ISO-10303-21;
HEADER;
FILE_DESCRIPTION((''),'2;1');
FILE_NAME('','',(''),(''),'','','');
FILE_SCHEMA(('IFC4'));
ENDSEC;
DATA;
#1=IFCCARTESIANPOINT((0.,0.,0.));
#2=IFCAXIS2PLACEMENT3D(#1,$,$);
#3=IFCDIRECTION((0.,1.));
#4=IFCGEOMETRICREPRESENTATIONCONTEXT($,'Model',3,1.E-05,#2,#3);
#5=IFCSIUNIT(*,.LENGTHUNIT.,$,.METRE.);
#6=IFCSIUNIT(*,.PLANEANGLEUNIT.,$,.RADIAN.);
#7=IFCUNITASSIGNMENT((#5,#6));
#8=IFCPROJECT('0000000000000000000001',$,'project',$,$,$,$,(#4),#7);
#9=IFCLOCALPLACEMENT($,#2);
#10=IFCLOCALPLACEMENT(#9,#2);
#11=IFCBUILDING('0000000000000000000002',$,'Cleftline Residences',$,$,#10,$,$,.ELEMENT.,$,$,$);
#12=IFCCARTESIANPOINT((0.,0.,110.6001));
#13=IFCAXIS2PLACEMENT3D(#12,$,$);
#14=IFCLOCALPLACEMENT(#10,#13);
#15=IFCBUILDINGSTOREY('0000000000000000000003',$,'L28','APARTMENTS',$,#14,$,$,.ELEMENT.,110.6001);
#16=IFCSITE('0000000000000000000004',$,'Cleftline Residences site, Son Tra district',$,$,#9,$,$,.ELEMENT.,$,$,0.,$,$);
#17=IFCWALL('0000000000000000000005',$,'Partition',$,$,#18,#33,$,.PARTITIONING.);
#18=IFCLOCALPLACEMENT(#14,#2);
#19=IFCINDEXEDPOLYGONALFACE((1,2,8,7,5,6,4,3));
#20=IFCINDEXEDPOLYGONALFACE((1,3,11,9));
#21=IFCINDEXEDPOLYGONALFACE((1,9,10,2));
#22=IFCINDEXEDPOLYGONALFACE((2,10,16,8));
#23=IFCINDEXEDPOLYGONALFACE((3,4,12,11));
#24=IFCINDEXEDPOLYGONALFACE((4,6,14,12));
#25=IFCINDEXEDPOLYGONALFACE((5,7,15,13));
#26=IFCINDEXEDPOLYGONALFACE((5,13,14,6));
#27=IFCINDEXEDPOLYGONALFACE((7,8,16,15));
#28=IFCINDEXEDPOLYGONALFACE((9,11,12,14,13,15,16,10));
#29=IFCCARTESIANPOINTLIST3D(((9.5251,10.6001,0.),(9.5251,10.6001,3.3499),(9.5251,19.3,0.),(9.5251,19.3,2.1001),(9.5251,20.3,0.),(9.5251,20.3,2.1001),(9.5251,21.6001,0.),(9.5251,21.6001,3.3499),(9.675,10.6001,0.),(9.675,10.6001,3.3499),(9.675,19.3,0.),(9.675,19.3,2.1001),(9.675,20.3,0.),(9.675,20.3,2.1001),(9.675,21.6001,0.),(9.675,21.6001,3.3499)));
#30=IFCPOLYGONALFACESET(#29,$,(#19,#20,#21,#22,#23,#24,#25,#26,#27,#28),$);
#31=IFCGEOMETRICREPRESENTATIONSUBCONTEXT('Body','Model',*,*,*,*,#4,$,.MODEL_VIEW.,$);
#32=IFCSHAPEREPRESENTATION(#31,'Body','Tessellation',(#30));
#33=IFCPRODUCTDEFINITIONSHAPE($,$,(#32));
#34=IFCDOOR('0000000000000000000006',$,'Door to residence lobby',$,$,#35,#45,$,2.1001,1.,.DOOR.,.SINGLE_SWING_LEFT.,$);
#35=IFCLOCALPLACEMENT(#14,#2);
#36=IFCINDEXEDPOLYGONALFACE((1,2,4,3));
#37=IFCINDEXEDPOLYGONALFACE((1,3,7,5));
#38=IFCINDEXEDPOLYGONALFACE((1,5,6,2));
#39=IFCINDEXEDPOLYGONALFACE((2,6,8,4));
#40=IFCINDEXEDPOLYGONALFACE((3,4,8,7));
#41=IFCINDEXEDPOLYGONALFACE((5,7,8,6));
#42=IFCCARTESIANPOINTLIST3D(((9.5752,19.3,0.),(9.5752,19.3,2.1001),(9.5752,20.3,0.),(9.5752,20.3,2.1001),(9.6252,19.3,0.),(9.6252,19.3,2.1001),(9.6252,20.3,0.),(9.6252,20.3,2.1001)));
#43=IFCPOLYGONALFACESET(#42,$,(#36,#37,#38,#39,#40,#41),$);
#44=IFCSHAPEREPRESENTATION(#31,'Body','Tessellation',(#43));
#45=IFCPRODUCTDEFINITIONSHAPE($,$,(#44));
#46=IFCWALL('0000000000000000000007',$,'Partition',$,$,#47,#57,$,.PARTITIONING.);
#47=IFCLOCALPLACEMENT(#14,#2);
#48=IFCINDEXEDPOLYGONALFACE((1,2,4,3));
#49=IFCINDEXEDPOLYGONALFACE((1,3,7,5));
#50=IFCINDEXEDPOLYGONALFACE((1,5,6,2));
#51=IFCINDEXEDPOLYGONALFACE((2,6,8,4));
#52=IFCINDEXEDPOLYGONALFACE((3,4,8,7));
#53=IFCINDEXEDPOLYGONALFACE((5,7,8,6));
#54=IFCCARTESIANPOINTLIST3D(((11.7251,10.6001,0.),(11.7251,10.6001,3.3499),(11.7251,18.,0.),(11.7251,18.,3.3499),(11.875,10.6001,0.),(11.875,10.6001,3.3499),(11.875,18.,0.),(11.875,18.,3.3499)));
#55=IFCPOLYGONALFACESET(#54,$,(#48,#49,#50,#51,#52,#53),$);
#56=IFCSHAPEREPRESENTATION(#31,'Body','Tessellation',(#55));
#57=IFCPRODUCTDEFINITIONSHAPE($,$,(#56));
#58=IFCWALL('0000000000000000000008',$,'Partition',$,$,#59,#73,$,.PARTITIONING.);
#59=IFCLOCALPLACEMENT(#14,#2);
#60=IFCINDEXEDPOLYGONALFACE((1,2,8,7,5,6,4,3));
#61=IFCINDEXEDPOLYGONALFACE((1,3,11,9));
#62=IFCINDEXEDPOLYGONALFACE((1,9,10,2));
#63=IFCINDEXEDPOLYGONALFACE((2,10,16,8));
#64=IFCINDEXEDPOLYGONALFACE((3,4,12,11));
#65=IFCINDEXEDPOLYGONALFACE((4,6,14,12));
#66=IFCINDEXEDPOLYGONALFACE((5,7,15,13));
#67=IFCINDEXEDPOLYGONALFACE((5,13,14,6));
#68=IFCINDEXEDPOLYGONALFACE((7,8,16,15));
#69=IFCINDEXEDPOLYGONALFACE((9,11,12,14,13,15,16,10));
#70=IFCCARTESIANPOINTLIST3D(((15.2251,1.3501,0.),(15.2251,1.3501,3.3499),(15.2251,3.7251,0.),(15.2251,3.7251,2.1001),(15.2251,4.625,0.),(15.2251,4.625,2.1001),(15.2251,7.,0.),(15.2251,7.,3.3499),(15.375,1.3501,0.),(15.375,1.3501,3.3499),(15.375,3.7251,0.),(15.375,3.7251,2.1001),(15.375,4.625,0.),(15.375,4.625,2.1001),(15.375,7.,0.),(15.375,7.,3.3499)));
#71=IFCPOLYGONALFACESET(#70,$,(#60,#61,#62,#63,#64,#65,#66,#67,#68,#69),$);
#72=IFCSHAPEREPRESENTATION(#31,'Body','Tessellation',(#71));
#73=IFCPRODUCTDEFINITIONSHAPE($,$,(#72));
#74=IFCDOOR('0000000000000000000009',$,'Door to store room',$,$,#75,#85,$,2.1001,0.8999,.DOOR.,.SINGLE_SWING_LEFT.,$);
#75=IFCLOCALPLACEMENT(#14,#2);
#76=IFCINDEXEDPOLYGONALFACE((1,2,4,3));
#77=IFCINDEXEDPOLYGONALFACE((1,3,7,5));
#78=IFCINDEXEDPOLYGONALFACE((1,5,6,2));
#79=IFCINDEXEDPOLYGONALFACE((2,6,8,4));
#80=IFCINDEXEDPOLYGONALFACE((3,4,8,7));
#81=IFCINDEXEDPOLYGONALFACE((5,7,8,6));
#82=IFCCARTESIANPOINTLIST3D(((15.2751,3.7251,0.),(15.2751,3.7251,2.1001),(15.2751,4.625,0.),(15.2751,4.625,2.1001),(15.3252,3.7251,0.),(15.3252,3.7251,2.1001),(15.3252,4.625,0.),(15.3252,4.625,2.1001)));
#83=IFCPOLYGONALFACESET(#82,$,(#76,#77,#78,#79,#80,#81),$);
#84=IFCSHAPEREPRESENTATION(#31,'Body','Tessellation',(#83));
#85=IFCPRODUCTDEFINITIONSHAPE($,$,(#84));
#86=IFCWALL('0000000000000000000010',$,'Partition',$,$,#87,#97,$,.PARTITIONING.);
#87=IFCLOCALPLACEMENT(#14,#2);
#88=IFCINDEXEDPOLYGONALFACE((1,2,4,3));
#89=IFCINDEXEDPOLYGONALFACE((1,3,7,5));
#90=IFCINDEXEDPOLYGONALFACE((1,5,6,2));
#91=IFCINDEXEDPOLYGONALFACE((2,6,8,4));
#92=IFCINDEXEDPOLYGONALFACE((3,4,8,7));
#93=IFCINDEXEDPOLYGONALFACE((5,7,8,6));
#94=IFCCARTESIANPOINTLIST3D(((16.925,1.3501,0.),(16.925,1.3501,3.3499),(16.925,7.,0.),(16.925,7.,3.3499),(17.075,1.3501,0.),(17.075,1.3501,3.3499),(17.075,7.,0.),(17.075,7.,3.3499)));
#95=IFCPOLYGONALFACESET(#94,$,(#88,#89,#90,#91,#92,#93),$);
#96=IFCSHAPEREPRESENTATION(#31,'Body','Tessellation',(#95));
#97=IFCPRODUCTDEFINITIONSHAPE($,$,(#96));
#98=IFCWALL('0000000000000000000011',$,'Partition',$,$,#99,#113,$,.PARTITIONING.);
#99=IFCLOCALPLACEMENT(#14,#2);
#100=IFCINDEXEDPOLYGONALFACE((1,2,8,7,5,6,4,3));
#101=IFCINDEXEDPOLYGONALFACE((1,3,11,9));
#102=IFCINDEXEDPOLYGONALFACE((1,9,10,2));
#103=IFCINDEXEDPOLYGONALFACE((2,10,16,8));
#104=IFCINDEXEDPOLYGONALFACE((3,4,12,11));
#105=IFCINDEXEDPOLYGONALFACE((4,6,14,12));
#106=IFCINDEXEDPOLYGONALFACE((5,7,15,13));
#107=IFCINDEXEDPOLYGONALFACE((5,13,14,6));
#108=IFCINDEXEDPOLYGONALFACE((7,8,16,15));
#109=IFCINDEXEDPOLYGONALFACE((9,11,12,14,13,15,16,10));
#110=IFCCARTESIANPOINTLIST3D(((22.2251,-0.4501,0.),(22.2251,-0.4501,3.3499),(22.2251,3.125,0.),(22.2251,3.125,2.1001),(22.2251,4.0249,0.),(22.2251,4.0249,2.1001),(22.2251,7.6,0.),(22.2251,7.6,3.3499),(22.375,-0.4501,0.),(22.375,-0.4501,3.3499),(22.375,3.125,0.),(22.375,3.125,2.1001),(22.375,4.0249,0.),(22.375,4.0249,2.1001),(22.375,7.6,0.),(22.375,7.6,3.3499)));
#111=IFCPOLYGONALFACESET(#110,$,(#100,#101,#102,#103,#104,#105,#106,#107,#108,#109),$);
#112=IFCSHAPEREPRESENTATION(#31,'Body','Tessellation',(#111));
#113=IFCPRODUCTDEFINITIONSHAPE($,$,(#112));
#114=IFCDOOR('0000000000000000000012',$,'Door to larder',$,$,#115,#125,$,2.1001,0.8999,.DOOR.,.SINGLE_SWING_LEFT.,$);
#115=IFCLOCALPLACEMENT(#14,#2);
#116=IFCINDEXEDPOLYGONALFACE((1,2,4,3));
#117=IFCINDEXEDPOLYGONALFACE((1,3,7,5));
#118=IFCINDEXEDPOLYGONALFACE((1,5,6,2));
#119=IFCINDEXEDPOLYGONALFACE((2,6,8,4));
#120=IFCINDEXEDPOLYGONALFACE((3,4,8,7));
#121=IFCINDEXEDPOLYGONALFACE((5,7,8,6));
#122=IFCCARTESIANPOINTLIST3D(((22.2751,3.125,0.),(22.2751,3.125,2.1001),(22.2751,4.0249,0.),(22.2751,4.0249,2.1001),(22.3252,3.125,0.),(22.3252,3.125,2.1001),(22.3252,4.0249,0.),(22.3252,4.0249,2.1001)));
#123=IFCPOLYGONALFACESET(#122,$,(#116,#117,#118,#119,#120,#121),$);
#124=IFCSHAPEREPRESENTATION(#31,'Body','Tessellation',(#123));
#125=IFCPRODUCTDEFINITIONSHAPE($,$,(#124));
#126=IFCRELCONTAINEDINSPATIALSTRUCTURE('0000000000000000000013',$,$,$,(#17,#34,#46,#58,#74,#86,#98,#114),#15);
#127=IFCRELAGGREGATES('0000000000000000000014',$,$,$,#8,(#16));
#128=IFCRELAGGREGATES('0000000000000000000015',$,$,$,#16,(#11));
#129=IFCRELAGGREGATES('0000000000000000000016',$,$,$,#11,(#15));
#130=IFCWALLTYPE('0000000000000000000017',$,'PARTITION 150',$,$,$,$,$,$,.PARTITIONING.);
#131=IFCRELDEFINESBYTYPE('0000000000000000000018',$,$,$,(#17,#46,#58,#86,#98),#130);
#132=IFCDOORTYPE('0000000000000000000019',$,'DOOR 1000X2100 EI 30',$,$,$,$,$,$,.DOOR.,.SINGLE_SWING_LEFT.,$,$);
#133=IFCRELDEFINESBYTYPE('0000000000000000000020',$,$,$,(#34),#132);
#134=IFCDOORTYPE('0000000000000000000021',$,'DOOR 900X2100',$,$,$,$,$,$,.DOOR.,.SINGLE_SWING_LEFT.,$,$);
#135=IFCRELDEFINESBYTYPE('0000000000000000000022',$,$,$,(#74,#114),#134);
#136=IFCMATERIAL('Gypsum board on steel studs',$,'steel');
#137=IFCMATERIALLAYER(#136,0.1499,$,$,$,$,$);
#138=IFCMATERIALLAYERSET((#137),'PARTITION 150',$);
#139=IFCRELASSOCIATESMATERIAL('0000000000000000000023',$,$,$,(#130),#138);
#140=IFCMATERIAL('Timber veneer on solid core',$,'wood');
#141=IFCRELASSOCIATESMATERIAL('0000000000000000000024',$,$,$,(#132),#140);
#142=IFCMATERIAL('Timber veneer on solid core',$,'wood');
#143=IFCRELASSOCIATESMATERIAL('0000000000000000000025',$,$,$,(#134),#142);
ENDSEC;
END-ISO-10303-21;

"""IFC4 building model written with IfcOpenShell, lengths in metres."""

from ifc_helpers import new_model, si_unit, direction, frame, frame_2d, origin, place, context, subcontext, project, spatial, rectangle, extrude, material, layer, layer_set, type_object, element, fill, save


model = new_model("IFC4")

# Units and contexts
model_context = context("Model", 3, precision=1e-05, world=origin(), true_north=direction((0.0, 1.0)))
body_context = subcontext(model_context, "Body", "Model", "MODEL_VIEW")
ifc_project = project(units=[si_unit("LENGTHUNIT", "METRE"), si_unit("PLANEANGLEUNIT", "RADIAN")], contexts=[model_context])

# Site, building, storey
site_placement = place(None, origin())
site = spatial("IfcSite", under=ifc_project, at=site_placement, Name="Cleftline Residences site, Son Tra district", CompositionType="ELEMENT", RefElevation=0.0)
building_placement = place(site_placement, origin())
building = spatial("IfcBuilding", under=site, at=building_placement, Name="Cleftline Residences", CompositionType="ELEMENT")
storey_placement = place(building_placement, frame((0.0, 0.0, 110.6001)))
storey = spatial("IfcBuildingStorey", under=building, at=storey_placement, Name="L28", Description="APARTMENTS", CompositionType="ELEMENT", Elevation=110.6001)

# Wall, opening, door
ifc_material_1 = material(Name="Gypsum board on steel studs", Category="steel")
ifc_layer_1 = layer(ifc_material_1, 0.1499)
ifc_layer_set_1 = layer_set([ifc_layer_1], Name="PARTITION 150")
wall_type = type_object("IfcWallType", Name="PARTITION 150", PredefinedType="PARTITIONING", material=ifc_layer_set_1)
wall_1_placement = place(storey_placement, frame((9.6001, 10.6001, 0.0), z_axis=(0.0, 0.0, 1.0), x_axis=(0.0, 1.0, 0.0)))
wall_1 = element("IfcWall", 1, at=wall_1_placement, inside=storey, type_object=wall_type, Name="Partition", PredefinedType="PARTITIONING", context=body_context, shape_type="SweptSolid", body=[
    extrude(rectangle(XDim=11.0, YDim=0.1499, at=frame_2d((5.5, 0.0))), origin(), (0.0, 0.0, 1.0), 3.3499),
])
opening_1_placement = place(wall_1_placement, frame((8.7, 0.0, 0.0)))
opening_1 = element("IfcOpeningElement", 2, at=opening_1_placement, cuts=wall_1, PredefinedType="OPENING", context=body_context, shape_type="SweptSolid", body=[
    extrude(rectangle(XDim=1.0, YDim=2.1001, at=frame_2d((0.5, 1.05))), frame((0.0, 0.085, 0.0), z_axis=(0.0, -1.0, 0.0), x_axis=(1.0, 0.0, 0.0)), (0.0, 0.0, 1.0), 0.1699),
])
ifc_material_2 = material(Name="Timber veneer on solid core", Category="wood")
door_type_1 = type_object("IfcDoorType", Name="DOOR 1000X2100 EI 30", OperationType="SINGLE_SWING_LEFT", PredefinedType="DOOR", material=ifc_material_2)
door_1_placement = place(opening_1_placement, origin())
door_1 = element("IfcDoor", 3, at=door_1_placement, inside=storey, type_object=door_type_1, Name="Door to residence lobby", OperationType="SINGLE_SWING_LEFT", OverallHeight=2.1001, OverallWidth=1.0, PredefinedType="DOOR", context=body_context, shape_type="SweptSolid", body=[
    extrude(rectangle(XDim=1.0, YDim=2.1001, at=frame_2d((0.5, 1.05))), frame((0.0, 0.0249, 0.0), z_axis=(0.0, -1.0, 0.0), x_axis=(1.0, 0.0, 0.0)), (0.0, 0.0, 1.0), 0.05),
])
fill(opening_1, door_1)

# Wall
wall_2_placement = place(storey_placement, frame((11.8, 10.6001, 0.0), z_axis=(0.0, 0.0, 1.0), x_axis=(0.0, 1.0, 0.0)))
element("IfcWall", 4, at=wall_2_placement, inside=storey, type_object=wall_type, Name="Partition", PredefinedType="PARTITIONING", context=body_context, shape_type="SweptSolid", body=[
    extrude(rectangle(XDim=7.3999, YDim=0.1499, at=frame_2d((3.7, 0.0))), origin(), (0.0, 0.0, 1.0), 3.3499),
])

# Wall, opening, door
wall_3_placement = place(storey_placement, frame((15.3, 1.3501, 0.0), z_axis=(0.0, 0.0, 1.0), x_axis=(0.0, 1.0, 0.0)))
wall_3 = element("IfcWall", 5, at=wall_3_placement, inside=storey, type_object=wall_type, Name="Partition", PredefinedType="PARTITIONING", context=body_context, shape_type="SweptSolid", body=[
    extrude(rectangle(XDim=5.6499, YDim=0.1499, at=frame_2d((2.825, 0.0))), origin(), (0.0, 0.0, 1.0), 3.3499),
])
opening_2_placement = place(wall_3_placement, frame((2.375, 0.0, 0.0)))
opening_2 = element("IfcOpeningElement", 6, at=opening_2_placement, cuts=wall_3, PredefinedType="OPENING", context=body_context, shape_type="SweptSolid", body=[
    extrude(rectangle(XDim=0.8999, YDim=2.1001, at=frame_2d((0.45, 1.05))), frame((0.0, 0.085, 0.0), z_axis=(0.0, -1.0, 0.0), x_axis=(1.0, 0.0, 0.0)), (0.0, 0.0, 1.0), 0.1699),
])
ifc_material_3 = material(Name="Timber veneer on solid core", Category="wood")
door_type_2 = type_object("IfcDoorType", Name="DOOR 900X2100", OperationType="SINGLE_SWING_LEFT", PredefinedType="DOOR", material=ifc_material_3)
door_2_placement = place(opening_2_placement, origin())
door_2 = element("IfcDoor", 7, at=door_2_placement, inside=storey, type_object=door_type_2, Name="Door to store room", OperationType="SINGLE_SWING_LEFT", OverallHeight=2.1001, OverallWidth=0.8999, PredefinedType="DOOR", context=body_context, shape_type="SweptSolid", body=[
    extrude(rectangle(XDim=0.8999, YDim=2.1001, at=frame_2d((0.45, 1.05))), frame((0.0, 0.0249, 0.0), z_axis=(0.0, -1.0, 0.0), x_axis=(1.0, 0.0, 0.0)), (0.0, 0.0, 1.0), 0.05),
])
fill(opening_2, door_2)

# Wall
wall_4_placement = place(storey_placement, frame((17.0, 1.3501, 0.0), z_axis=(0.0, 0.0, 1.0), x_axis=(0.0, 1.0, 0.0)))
element("IfcWall", 8, at=wall_4_placement, inside=storey, type_object=wall_type, Name="Partition", PredefinedType="PARTITIONING", context=body_context, shape_type="SweptSolid", body=[
    extrude(rectangle(XDim=5.6499, YDim=0.1499, at=frame_2d((2.825, 0.0))), origin(), (0.0, 0.0, 1.0), 3.3499),
])

# Wall, opening, door
wall_5_placement = place(storey_placement, frame((22.3, -0.45, 0.0), z_axis=(0.0, 0.0, 1.0), x_axis=(0.0, 1.0, 0.0)))
wall_5 = element("IfcWall", 9, at=wall_5_placement, inside=storey, type_object=wall_type, Name="Partition", PredefinedType="PARTITIONING", context=body_context, shape_type="SweptSolid", body=[
    extrude(rectangle(XDim=8.05, YDim=0.1499, at=frame_2d((4.0249, 0.0))), origin(), (0.0, 0.0, 1.0), 3.3499),
])
opening_3_placement = place(wall_5_placement, frame((3.575, 0.0, 0.0)))
opening_3 = element("IfcOpeningElement", 10, at=opening_3_placement, cuts=wall_5, PredefinedType="OPENING", context=body_context, shape_type="SweptSolid", body=[
    extrude(rectangle(XDim=0.8999, YDim=2.1001, at=frame_2d((0.45, 1.05))), frame((0.0, 0.085, 0.0), z_axis=(0.0, -1.0, 0.0), x_axis=(1.0, 0.0, 0.0)), (0.0, 0.0, 1.0), 0.1699),
])
door_3_placement = place(opening_3_placement, origin())
door_3 = element("IfcDoor", 11, at=door_3_placement, inside=storey, type_object=door_type_2, Name="Door to larder", OperationType="SINGLE_SWING_LEFT", OverallHeight=2.1001, OverallWidth=0.8999, PredefinedType="DOOR", context=body_context, shape_type="SweptSolid", body=[
    extrude(rectangle(XDim=0.8999, YDim=2.1001, at=frame_2d((0.45, 1.05))), frame((0.0, 0.0249, 0.0), z_axis=(0.0, -1.0, 0.0), x_axis=(1.0, 0.0, 0.0)), (0.0, 0.0, 1.0), 0.05),
])
fill(opening_3, door_3)

save(model, "model.ifc")
